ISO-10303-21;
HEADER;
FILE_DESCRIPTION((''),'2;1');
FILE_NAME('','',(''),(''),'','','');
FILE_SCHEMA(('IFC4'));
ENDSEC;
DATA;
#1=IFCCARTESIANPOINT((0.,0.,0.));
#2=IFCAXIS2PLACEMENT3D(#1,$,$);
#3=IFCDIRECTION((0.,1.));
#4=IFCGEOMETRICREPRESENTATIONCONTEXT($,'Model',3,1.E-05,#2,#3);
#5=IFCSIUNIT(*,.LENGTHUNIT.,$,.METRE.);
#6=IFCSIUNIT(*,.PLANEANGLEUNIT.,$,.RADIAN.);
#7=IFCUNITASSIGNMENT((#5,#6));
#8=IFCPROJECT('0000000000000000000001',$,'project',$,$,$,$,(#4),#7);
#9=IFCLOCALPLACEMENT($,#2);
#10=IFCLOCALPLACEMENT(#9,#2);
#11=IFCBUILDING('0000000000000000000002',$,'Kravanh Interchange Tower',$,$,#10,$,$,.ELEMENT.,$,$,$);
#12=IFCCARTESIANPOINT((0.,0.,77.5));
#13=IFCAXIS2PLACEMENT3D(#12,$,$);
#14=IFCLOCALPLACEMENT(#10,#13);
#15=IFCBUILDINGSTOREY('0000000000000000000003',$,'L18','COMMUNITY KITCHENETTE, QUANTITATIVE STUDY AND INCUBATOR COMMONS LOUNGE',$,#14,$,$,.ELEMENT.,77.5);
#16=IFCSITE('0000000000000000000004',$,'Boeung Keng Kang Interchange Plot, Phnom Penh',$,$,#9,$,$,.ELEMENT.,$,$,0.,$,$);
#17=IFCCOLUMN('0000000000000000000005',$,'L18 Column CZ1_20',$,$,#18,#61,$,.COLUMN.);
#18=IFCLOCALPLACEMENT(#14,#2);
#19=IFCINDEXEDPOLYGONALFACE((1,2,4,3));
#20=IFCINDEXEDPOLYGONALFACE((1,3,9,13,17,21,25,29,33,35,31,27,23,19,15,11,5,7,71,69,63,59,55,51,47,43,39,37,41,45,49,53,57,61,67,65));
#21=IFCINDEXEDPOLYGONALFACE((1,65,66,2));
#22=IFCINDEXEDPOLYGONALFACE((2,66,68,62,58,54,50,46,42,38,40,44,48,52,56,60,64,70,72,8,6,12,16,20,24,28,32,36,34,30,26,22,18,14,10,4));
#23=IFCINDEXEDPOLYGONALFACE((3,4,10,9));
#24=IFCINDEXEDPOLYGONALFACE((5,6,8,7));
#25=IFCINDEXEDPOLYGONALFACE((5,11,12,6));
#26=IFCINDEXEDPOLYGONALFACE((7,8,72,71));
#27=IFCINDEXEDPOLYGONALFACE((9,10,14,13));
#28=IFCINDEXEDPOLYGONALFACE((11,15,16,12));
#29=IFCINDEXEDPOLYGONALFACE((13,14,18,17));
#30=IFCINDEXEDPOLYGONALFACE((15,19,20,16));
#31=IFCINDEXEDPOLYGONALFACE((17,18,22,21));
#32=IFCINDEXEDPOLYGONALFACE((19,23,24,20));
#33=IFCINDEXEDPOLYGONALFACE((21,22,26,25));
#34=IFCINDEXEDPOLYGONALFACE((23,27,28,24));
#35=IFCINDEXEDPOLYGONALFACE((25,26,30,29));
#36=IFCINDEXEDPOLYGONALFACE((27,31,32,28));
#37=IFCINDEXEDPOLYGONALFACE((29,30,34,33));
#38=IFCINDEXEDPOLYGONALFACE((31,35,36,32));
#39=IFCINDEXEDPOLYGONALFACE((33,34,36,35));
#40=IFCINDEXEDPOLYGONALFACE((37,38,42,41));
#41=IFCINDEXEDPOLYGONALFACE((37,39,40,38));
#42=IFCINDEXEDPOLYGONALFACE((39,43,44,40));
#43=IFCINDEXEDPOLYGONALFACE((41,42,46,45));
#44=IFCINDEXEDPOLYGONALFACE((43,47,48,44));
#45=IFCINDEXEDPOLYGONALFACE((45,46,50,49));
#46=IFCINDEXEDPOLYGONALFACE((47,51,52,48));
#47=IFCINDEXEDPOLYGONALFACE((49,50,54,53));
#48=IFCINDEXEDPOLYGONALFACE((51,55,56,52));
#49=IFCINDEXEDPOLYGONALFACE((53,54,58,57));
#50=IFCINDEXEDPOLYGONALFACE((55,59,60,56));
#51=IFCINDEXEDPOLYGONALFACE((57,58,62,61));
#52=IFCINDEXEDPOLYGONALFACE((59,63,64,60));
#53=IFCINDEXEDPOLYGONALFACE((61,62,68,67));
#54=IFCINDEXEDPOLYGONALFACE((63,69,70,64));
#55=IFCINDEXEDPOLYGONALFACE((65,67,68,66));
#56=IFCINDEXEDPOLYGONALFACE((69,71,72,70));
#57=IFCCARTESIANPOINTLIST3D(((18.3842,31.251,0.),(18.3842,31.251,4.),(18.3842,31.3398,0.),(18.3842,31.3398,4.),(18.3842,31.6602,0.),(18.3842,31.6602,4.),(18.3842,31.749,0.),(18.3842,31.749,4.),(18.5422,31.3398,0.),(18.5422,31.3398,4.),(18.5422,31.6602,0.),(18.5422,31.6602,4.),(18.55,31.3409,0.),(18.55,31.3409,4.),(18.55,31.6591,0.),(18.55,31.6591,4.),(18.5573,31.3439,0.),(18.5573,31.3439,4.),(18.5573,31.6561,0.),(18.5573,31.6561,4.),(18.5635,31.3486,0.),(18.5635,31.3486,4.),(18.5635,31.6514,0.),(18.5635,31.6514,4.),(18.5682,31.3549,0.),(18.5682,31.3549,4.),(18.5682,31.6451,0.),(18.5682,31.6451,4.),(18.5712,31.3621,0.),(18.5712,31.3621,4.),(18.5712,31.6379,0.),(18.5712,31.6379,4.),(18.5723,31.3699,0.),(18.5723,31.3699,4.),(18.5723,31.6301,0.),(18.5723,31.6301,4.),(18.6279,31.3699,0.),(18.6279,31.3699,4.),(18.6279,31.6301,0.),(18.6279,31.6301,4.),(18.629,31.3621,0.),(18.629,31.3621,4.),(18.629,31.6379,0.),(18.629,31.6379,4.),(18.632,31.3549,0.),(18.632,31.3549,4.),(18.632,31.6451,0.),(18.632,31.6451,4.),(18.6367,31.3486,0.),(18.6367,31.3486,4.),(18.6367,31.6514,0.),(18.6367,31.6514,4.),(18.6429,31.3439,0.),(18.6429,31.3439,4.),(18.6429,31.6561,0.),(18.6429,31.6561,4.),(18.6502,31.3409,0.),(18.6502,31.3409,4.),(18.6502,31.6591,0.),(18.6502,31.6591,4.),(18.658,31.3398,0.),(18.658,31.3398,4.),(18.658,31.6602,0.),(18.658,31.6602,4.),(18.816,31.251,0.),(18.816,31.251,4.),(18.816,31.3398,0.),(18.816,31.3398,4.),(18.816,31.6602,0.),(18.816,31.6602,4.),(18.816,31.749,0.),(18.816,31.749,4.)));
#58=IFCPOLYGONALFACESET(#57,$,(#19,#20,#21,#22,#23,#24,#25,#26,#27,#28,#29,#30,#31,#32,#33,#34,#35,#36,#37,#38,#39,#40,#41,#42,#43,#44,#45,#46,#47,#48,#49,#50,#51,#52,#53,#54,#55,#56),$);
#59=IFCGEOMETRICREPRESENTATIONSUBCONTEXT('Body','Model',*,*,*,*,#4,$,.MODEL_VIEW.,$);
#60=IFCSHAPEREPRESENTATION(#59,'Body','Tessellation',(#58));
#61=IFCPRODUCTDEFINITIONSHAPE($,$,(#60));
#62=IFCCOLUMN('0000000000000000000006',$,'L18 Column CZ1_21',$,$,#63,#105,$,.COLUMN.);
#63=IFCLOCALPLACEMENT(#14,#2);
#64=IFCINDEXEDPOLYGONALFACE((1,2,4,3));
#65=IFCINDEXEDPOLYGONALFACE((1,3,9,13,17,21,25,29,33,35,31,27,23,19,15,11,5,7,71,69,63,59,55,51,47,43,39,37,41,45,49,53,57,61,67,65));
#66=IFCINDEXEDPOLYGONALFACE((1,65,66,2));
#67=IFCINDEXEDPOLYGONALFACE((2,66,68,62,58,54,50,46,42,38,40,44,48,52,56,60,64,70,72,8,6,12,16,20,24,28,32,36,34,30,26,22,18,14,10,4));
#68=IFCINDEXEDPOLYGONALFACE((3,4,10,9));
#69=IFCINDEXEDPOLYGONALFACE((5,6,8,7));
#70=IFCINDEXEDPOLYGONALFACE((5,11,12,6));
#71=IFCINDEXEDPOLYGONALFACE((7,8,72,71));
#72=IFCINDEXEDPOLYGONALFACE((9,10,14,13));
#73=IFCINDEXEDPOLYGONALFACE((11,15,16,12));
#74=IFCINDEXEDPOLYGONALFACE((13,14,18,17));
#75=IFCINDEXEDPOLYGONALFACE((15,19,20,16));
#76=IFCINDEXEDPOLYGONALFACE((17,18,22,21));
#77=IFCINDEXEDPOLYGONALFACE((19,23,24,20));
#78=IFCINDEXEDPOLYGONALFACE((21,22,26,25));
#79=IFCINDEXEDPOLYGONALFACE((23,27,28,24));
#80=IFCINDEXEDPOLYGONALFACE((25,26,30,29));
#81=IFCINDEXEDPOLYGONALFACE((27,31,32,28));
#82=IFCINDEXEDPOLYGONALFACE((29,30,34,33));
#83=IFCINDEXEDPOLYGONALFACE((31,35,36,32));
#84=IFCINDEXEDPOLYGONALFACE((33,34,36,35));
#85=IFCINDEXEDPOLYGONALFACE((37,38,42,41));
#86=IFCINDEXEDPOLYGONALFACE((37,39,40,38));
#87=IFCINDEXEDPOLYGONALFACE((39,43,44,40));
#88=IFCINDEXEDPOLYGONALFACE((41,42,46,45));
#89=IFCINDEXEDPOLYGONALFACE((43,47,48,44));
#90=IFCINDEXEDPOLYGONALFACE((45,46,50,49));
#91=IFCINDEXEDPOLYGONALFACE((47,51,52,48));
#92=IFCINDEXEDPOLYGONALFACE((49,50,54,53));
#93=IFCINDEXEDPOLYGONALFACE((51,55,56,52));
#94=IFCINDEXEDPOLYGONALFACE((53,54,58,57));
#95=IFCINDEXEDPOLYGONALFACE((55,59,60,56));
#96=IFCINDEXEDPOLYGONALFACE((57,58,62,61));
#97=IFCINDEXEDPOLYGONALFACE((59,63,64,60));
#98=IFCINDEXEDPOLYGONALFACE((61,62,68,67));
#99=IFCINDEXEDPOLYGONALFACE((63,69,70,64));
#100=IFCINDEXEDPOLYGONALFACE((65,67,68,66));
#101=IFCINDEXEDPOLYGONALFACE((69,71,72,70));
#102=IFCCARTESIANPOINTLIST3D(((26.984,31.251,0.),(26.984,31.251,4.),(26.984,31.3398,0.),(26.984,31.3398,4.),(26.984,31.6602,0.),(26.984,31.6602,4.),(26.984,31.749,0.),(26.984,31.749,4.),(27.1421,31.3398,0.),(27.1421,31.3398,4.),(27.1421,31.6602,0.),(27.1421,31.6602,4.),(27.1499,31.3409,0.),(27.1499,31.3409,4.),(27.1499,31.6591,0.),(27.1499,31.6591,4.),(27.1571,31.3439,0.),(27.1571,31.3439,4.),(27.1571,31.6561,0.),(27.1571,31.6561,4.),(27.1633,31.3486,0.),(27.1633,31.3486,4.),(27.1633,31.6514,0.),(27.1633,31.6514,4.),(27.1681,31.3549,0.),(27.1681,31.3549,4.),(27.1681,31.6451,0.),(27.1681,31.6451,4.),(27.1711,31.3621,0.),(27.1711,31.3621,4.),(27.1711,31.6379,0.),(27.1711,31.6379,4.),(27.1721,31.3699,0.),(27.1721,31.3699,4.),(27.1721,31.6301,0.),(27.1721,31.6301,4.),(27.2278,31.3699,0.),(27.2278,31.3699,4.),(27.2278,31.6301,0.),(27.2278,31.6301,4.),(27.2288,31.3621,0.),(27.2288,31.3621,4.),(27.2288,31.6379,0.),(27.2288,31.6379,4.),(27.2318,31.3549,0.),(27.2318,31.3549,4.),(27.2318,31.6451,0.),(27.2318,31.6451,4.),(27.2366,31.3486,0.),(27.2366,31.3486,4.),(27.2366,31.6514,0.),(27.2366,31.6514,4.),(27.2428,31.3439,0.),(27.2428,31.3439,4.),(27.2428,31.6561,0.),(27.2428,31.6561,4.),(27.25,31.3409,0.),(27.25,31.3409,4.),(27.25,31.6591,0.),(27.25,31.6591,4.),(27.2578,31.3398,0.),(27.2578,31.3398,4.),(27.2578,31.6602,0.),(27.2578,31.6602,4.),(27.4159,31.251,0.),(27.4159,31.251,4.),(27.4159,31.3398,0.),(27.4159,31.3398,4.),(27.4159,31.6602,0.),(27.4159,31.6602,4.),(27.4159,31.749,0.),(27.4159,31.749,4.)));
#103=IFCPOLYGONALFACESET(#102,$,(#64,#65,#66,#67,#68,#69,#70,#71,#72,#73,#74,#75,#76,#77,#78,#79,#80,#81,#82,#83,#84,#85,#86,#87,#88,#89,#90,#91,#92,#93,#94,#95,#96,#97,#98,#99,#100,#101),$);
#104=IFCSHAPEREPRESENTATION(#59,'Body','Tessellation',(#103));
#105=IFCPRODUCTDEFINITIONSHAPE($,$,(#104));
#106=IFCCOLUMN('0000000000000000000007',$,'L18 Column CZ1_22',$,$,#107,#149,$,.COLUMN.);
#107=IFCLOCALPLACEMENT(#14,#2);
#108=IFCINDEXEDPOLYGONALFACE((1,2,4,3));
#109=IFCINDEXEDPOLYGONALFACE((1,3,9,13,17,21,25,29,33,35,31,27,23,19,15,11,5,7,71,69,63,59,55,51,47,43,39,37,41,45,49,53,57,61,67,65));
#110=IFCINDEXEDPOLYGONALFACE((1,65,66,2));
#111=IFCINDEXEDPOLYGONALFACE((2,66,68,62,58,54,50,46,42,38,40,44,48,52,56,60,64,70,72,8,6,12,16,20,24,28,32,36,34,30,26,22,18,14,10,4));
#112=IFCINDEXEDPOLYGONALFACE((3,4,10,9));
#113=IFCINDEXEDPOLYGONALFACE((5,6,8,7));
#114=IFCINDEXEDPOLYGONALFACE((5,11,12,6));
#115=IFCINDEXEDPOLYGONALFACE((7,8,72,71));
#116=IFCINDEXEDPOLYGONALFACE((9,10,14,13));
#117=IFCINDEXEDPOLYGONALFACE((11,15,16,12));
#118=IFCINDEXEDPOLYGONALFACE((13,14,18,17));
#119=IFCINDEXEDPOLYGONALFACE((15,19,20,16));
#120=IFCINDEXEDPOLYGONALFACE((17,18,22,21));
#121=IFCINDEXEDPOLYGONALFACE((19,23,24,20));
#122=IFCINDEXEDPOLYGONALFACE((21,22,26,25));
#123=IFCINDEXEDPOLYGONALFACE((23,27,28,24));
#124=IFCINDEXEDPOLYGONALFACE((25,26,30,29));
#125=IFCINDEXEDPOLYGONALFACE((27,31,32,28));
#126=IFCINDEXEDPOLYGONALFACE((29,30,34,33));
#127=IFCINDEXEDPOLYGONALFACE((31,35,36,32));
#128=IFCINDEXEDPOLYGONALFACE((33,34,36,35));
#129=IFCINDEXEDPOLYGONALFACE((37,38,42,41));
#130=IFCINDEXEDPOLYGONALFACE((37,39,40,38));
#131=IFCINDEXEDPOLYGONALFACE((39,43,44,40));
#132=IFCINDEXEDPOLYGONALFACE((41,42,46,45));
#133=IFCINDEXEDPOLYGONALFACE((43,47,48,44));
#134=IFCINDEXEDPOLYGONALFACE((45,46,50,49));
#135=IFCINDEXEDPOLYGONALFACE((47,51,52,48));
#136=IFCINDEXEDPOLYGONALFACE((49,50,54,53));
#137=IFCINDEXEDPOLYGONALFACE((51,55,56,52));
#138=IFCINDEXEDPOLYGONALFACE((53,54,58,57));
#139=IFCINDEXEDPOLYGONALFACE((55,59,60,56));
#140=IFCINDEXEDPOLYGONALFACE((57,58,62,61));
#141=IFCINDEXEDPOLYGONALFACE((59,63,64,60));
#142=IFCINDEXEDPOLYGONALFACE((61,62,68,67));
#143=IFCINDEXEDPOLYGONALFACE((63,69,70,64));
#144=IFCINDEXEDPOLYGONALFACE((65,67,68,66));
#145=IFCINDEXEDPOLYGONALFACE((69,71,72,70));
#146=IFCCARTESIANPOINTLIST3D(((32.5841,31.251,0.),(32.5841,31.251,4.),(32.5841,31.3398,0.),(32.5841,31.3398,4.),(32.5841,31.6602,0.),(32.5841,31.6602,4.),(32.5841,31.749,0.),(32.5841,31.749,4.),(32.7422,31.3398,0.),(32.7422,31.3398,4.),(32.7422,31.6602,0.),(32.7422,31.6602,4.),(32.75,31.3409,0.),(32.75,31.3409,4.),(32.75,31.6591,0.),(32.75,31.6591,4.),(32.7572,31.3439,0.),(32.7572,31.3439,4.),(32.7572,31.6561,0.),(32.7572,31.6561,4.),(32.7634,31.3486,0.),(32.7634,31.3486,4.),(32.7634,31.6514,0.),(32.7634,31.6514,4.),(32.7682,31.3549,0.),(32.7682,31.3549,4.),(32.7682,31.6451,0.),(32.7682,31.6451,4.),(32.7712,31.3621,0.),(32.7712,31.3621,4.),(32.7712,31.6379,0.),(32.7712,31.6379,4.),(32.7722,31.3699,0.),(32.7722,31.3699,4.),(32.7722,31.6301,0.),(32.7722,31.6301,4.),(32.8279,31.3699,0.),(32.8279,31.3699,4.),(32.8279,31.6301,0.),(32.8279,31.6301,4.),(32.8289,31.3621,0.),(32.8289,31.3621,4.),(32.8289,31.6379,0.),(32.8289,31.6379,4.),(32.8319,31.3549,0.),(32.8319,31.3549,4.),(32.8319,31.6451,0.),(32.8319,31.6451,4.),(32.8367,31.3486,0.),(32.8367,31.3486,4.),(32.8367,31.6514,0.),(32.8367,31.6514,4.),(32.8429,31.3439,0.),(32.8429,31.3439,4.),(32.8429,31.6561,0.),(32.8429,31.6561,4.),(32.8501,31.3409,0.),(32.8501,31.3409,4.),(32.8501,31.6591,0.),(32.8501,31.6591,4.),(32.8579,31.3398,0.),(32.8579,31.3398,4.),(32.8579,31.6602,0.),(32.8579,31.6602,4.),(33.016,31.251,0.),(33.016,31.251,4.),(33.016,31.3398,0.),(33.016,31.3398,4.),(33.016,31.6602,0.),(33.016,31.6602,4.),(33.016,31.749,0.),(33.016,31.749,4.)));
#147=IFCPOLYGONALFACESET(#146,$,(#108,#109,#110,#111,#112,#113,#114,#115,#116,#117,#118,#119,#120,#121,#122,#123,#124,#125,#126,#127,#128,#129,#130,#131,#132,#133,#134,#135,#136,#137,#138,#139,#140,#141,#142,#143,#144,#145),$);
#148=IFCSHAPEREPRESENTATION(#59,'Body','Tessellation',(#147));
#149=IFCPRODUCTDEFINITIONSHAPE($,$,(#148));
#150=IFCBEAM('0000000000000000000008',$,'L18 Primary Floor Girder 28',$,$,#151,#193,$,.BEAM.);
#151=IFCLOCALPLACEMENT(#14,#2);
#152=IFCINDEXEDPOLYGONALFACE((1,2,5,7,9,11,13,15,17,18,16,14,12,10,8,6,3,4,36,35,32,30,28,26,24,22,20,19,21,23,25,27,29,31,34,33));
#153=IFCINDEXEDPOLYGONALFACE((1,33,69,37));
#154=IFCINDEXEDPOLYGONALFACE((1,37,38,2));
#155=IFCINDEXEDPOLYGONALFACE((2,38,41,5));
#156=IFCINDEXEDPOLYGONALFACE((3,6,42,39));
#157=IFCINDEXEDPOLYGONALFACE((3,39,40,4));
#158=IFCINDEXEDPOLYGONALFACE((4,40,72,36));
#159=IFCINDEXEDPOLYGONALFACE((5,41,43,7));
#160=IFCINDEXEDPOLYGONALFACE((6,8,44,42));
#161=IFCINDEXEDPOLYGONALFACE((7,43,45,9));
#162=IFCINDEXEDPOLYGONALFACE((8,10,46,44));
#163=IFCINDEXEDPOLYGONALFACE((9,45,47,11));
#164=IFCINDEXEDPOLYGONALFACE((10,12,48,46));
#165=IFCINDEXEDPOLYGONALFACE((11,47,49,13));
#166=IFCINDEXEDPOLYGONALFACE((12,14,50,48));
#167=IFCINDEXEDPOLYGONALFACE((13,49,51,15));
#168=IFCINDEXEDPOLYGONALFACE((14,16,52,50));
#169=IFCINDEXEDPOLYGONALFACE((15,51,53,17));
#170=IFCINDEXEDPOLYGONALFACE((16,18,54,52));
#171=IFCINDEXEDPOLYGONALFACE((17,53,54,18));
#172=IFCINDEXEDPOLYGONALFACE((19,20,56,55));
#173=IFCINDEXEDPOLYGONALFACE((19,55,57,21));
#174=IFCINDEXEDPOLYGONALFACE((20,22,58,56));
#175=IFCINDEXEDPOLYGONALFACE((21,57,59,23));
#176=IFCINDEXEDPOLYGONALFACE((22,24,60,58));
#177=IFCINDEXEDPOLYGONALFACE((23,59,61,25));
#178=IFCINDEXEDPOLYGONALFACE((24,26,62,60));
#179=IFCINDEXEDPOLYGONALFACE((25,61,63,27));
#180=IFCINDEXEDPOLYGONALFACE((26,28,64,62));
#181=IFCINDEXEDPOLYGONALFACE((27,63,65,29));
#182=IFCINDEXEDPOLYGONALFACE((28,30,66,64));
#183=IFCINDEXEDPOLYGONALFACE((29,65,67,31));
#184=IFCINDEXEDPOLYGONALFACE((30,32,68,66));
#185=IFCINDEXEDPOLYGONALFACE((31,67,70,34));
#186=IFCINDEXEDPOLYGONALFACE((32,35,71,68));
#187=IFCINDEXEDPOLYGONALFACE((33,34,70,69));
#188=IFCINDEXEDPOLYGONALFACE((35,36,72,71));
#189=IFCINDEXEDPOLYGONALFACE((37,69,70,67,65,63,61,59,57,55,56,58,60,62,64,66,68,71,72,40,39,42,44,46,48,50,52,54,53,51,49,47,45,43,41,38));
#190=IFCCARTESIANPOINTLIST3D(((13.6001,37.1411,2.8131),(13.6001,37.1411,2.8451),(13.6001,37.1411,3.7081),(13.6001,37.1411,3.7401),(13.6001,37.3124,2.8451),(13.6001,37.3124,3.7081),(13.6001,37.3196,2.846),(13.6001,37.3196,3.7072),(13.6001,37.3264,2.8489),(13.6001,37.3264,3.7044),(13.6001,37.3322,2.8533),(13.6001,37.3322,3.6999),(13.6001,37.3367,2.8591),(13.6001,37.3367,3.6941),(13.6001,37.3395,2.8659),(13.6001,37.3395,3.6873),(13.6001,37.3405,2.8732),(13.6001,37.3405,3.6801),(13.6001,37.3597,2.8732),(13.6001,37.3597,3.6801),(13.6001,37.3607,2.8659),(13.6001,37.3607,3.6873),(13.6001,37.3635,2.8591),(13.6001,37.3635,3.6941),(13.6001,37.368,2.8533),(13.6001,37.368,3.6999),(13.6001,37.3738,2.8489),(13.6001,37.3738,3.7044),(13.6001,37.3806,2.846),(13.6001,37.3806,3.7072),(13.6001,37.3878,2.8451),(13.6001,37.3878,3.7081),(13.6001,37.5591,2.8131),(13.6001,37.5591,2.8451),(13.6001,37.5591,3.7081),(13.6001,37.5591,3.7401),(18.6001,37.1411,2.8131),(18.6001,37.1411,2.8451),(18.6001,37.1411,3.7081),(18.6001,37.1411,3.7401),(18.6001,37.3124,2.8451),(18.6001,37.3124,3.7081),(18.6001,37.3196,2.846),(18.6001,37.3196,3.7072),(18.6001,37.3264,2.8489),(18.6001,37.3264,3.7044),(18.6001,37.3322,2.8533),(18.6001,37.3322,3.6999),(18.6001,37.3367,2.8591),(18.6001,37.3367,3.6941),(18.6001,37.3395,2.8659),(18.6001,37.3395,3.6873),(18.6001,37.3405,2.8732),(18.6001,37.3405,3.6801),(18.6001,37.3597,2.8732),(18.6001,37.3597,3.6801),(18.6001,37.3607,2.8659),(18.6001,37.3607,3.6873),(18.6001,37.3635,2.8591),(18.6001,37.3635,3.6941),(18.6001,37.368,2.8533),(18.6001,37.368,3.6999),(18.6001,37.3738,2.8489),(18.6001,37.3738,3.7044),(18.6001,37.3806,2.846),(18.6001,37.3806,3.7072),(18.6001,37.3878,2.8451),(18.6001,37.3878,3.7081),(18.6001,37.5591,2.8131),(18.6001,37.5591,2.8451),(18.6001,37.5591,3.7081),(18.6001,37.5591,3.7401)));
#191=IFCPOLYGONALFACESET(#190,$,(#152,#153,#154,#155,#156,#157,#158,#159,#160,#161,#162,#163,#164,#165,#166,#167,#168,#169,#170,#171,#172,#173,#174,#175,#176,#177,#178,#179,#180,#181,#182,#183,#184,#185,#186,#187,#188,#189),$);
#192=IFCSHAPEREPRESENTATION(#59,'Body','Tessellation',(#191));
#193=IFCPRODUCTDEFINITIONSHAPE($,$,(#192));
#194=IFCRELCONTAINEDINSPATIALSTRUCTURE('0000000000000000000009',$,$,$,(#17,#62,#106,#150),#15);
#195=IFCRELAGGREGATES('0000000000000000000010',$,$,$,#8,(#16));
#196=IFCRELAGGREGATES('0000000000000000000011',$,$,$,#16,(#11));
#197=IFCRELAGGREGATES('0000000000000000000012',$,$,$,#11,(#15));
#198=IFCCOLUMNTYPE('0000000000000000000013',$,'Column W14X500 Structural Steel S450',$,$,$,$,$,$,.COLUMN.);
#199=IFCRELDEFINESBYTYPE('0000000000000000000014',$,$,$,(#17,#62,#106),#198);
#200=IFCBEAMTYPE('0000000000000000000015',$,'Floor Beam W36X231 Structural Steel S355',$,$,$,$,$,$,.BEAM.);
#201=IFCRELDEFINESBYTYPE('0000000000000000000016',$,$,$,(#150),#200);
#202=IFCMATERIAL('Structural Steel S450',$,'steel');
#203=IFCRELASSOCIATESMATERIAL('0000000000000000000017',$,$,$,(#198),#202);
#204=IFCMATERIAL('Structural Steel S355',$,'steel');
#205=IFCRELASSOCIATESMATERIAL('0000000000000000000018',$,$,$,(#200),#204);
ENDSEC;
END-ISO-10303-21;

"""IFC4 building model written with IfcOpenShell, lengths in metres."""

from ifc_helpers import new_model, si_unit, direction, frame, origin, origin_2d, place, context, subcontext, project, spatial, i_section, extrude, material, material_profile, profile_set, type_object, element, save


model = new_model("IFC4")

# Units and contexts
model_context = context("Model", 3, precision=1e-05, world=origin(), true_north=direction((0.0, 1.0)))
body_context = subcontext(model_context, "Body", "Model", "MODEL_VIEW")
ifc_project = project(units=[si_unit("LENGTHUNIT", "METRE"), si_unit("PLANEANGLEUNIT", "RADIAN")], contexts=[model_context])

# Site, building, storey
site_placement = place(None, origin())
site = spatial("IfcSite", under=ifc_project, at=site_placement, Name="Boeung Keng Kang Interchange Plot, Phnom Penh", CompositionType="ELEMENT", RefElevation=0.0)
building_placement = place(site_placement, origin())
building = spatial("IfcBuilding", under=site, at=building_placement, Name="Kravanh Interchange Tower", CompositionType="ELEMENT")
storey_placement = place(building_placement, frame((0.0, 0.0, 77.5)))
storey = spatial("IfcBuildingStorey", under=building, at=storey_placement, Name="L18", Description="COMMUNITY KITCHENETTE, QUANTITATIVE STUDY AND INCUBATOR COMMONS LOUNGE", CompositionType="ELEMENT", Elevation=77.5)

# Columns
ifc_material_1 = material(Name="Structural Steel S450", Category="steel")
ifc_material_profile_1 = material_profile(ifc_material_1, i_section(OverallWidth=0.4319, OverallDepth=0.498, WebThickness=0.0557, FlangeThickness=0.0889, FilletRadius=0.03, at=origin_2d()), Name="W14X500")
ifc_profile_set_1 = profile_set([ifc_material_profile_1], Name="Structural Steel S450")
column_type_1 = type_object("IfcColumnType", Name="Column W14X500 Structural Steel S450", PredefinedType="COLUMN", material=ifc_profile_set_1)
for number, where, z_axis, x_axis, name in (
    (1, (18.6001, 31.5, 0.0), (0.0, 0.0, 1.0), (1.0, 0.0, 0.0), "L18 Column CZ1_20"),
    (2, (27.2, 31.5, 0.0), (0.0, 0.0, 1.0), (1.0, 0.0, 0.0), "L18 Column CZ1_21"),
    (3, (32.8, 31.5, 0.0), (0.0, 0.0, 1.0), (1.0, 0.0, 0.0), "L18 Column CZ1_22"),
):
    element("IfcColumn", number, at=place(storey_placement, frame(where, z_axis=z_axis, x_axis=x_axis)), inside=storey, type_object=column_type_1, Name=name, PredefinedType="COLUMN", context=body_context, shape_type="SweptSolid", body=[
        extrude(i_section(OverallWidth=0.4319, OverallDepth=0.498, WebThickness=0.0557, FlangeThickness=0.0889, FilletRadius=0.03, at=origin_2d()), origin(), (0.0, 0.0, 1.0), 4.0),
    ])

# Beam
ifc_material_2 = material(Name="Structural Steel S355", Category="steel")
ifc_material_profile_2 = material_profile(ifc_material_2, i_section(OverallWidth=0.418, OverallDepth=0.927, WebThickness=0.0193, FlangeThickness=0.032, FilletRadius=0.0281, at=origin_2d()), Name="W36X231")
ifc_profile_set_2 = profile_set([ifc_material_profile_2], Name="Structural Steel S355")
beam_type_1 = type_object("IfcBeamType", Name="Floor Beam W36X231 Structural Steel S355", PredefinedType="BEAM", material=ifc_profile_set_2)
beam_1_placement = place(storey_placement, frame((18.6001, 37.3501, 3.2766), z_axis=(-1.0, 0.0, 0.0), x_axis=(0.0, -1.0, 0.0)))
element("IfcBeam", 4, at=beam_1_placement, inside=storey, type_object=beam_type_1, Name="L18 Primary Floor Girder 28", PredefinedType="BEAM", context=body_context, shape_type="SweptSolid", body=[
    extrude(i_section(OverallWidth=0.418, OverallDepth=0.927, WebThickness=0.0193, FlangeThickness=0.032, FilletRadius=0.0281, at=origin_2d()), origin(), (0.0, 0.0, 1.0), 5.0),
])

save(model, "model.ifc")
